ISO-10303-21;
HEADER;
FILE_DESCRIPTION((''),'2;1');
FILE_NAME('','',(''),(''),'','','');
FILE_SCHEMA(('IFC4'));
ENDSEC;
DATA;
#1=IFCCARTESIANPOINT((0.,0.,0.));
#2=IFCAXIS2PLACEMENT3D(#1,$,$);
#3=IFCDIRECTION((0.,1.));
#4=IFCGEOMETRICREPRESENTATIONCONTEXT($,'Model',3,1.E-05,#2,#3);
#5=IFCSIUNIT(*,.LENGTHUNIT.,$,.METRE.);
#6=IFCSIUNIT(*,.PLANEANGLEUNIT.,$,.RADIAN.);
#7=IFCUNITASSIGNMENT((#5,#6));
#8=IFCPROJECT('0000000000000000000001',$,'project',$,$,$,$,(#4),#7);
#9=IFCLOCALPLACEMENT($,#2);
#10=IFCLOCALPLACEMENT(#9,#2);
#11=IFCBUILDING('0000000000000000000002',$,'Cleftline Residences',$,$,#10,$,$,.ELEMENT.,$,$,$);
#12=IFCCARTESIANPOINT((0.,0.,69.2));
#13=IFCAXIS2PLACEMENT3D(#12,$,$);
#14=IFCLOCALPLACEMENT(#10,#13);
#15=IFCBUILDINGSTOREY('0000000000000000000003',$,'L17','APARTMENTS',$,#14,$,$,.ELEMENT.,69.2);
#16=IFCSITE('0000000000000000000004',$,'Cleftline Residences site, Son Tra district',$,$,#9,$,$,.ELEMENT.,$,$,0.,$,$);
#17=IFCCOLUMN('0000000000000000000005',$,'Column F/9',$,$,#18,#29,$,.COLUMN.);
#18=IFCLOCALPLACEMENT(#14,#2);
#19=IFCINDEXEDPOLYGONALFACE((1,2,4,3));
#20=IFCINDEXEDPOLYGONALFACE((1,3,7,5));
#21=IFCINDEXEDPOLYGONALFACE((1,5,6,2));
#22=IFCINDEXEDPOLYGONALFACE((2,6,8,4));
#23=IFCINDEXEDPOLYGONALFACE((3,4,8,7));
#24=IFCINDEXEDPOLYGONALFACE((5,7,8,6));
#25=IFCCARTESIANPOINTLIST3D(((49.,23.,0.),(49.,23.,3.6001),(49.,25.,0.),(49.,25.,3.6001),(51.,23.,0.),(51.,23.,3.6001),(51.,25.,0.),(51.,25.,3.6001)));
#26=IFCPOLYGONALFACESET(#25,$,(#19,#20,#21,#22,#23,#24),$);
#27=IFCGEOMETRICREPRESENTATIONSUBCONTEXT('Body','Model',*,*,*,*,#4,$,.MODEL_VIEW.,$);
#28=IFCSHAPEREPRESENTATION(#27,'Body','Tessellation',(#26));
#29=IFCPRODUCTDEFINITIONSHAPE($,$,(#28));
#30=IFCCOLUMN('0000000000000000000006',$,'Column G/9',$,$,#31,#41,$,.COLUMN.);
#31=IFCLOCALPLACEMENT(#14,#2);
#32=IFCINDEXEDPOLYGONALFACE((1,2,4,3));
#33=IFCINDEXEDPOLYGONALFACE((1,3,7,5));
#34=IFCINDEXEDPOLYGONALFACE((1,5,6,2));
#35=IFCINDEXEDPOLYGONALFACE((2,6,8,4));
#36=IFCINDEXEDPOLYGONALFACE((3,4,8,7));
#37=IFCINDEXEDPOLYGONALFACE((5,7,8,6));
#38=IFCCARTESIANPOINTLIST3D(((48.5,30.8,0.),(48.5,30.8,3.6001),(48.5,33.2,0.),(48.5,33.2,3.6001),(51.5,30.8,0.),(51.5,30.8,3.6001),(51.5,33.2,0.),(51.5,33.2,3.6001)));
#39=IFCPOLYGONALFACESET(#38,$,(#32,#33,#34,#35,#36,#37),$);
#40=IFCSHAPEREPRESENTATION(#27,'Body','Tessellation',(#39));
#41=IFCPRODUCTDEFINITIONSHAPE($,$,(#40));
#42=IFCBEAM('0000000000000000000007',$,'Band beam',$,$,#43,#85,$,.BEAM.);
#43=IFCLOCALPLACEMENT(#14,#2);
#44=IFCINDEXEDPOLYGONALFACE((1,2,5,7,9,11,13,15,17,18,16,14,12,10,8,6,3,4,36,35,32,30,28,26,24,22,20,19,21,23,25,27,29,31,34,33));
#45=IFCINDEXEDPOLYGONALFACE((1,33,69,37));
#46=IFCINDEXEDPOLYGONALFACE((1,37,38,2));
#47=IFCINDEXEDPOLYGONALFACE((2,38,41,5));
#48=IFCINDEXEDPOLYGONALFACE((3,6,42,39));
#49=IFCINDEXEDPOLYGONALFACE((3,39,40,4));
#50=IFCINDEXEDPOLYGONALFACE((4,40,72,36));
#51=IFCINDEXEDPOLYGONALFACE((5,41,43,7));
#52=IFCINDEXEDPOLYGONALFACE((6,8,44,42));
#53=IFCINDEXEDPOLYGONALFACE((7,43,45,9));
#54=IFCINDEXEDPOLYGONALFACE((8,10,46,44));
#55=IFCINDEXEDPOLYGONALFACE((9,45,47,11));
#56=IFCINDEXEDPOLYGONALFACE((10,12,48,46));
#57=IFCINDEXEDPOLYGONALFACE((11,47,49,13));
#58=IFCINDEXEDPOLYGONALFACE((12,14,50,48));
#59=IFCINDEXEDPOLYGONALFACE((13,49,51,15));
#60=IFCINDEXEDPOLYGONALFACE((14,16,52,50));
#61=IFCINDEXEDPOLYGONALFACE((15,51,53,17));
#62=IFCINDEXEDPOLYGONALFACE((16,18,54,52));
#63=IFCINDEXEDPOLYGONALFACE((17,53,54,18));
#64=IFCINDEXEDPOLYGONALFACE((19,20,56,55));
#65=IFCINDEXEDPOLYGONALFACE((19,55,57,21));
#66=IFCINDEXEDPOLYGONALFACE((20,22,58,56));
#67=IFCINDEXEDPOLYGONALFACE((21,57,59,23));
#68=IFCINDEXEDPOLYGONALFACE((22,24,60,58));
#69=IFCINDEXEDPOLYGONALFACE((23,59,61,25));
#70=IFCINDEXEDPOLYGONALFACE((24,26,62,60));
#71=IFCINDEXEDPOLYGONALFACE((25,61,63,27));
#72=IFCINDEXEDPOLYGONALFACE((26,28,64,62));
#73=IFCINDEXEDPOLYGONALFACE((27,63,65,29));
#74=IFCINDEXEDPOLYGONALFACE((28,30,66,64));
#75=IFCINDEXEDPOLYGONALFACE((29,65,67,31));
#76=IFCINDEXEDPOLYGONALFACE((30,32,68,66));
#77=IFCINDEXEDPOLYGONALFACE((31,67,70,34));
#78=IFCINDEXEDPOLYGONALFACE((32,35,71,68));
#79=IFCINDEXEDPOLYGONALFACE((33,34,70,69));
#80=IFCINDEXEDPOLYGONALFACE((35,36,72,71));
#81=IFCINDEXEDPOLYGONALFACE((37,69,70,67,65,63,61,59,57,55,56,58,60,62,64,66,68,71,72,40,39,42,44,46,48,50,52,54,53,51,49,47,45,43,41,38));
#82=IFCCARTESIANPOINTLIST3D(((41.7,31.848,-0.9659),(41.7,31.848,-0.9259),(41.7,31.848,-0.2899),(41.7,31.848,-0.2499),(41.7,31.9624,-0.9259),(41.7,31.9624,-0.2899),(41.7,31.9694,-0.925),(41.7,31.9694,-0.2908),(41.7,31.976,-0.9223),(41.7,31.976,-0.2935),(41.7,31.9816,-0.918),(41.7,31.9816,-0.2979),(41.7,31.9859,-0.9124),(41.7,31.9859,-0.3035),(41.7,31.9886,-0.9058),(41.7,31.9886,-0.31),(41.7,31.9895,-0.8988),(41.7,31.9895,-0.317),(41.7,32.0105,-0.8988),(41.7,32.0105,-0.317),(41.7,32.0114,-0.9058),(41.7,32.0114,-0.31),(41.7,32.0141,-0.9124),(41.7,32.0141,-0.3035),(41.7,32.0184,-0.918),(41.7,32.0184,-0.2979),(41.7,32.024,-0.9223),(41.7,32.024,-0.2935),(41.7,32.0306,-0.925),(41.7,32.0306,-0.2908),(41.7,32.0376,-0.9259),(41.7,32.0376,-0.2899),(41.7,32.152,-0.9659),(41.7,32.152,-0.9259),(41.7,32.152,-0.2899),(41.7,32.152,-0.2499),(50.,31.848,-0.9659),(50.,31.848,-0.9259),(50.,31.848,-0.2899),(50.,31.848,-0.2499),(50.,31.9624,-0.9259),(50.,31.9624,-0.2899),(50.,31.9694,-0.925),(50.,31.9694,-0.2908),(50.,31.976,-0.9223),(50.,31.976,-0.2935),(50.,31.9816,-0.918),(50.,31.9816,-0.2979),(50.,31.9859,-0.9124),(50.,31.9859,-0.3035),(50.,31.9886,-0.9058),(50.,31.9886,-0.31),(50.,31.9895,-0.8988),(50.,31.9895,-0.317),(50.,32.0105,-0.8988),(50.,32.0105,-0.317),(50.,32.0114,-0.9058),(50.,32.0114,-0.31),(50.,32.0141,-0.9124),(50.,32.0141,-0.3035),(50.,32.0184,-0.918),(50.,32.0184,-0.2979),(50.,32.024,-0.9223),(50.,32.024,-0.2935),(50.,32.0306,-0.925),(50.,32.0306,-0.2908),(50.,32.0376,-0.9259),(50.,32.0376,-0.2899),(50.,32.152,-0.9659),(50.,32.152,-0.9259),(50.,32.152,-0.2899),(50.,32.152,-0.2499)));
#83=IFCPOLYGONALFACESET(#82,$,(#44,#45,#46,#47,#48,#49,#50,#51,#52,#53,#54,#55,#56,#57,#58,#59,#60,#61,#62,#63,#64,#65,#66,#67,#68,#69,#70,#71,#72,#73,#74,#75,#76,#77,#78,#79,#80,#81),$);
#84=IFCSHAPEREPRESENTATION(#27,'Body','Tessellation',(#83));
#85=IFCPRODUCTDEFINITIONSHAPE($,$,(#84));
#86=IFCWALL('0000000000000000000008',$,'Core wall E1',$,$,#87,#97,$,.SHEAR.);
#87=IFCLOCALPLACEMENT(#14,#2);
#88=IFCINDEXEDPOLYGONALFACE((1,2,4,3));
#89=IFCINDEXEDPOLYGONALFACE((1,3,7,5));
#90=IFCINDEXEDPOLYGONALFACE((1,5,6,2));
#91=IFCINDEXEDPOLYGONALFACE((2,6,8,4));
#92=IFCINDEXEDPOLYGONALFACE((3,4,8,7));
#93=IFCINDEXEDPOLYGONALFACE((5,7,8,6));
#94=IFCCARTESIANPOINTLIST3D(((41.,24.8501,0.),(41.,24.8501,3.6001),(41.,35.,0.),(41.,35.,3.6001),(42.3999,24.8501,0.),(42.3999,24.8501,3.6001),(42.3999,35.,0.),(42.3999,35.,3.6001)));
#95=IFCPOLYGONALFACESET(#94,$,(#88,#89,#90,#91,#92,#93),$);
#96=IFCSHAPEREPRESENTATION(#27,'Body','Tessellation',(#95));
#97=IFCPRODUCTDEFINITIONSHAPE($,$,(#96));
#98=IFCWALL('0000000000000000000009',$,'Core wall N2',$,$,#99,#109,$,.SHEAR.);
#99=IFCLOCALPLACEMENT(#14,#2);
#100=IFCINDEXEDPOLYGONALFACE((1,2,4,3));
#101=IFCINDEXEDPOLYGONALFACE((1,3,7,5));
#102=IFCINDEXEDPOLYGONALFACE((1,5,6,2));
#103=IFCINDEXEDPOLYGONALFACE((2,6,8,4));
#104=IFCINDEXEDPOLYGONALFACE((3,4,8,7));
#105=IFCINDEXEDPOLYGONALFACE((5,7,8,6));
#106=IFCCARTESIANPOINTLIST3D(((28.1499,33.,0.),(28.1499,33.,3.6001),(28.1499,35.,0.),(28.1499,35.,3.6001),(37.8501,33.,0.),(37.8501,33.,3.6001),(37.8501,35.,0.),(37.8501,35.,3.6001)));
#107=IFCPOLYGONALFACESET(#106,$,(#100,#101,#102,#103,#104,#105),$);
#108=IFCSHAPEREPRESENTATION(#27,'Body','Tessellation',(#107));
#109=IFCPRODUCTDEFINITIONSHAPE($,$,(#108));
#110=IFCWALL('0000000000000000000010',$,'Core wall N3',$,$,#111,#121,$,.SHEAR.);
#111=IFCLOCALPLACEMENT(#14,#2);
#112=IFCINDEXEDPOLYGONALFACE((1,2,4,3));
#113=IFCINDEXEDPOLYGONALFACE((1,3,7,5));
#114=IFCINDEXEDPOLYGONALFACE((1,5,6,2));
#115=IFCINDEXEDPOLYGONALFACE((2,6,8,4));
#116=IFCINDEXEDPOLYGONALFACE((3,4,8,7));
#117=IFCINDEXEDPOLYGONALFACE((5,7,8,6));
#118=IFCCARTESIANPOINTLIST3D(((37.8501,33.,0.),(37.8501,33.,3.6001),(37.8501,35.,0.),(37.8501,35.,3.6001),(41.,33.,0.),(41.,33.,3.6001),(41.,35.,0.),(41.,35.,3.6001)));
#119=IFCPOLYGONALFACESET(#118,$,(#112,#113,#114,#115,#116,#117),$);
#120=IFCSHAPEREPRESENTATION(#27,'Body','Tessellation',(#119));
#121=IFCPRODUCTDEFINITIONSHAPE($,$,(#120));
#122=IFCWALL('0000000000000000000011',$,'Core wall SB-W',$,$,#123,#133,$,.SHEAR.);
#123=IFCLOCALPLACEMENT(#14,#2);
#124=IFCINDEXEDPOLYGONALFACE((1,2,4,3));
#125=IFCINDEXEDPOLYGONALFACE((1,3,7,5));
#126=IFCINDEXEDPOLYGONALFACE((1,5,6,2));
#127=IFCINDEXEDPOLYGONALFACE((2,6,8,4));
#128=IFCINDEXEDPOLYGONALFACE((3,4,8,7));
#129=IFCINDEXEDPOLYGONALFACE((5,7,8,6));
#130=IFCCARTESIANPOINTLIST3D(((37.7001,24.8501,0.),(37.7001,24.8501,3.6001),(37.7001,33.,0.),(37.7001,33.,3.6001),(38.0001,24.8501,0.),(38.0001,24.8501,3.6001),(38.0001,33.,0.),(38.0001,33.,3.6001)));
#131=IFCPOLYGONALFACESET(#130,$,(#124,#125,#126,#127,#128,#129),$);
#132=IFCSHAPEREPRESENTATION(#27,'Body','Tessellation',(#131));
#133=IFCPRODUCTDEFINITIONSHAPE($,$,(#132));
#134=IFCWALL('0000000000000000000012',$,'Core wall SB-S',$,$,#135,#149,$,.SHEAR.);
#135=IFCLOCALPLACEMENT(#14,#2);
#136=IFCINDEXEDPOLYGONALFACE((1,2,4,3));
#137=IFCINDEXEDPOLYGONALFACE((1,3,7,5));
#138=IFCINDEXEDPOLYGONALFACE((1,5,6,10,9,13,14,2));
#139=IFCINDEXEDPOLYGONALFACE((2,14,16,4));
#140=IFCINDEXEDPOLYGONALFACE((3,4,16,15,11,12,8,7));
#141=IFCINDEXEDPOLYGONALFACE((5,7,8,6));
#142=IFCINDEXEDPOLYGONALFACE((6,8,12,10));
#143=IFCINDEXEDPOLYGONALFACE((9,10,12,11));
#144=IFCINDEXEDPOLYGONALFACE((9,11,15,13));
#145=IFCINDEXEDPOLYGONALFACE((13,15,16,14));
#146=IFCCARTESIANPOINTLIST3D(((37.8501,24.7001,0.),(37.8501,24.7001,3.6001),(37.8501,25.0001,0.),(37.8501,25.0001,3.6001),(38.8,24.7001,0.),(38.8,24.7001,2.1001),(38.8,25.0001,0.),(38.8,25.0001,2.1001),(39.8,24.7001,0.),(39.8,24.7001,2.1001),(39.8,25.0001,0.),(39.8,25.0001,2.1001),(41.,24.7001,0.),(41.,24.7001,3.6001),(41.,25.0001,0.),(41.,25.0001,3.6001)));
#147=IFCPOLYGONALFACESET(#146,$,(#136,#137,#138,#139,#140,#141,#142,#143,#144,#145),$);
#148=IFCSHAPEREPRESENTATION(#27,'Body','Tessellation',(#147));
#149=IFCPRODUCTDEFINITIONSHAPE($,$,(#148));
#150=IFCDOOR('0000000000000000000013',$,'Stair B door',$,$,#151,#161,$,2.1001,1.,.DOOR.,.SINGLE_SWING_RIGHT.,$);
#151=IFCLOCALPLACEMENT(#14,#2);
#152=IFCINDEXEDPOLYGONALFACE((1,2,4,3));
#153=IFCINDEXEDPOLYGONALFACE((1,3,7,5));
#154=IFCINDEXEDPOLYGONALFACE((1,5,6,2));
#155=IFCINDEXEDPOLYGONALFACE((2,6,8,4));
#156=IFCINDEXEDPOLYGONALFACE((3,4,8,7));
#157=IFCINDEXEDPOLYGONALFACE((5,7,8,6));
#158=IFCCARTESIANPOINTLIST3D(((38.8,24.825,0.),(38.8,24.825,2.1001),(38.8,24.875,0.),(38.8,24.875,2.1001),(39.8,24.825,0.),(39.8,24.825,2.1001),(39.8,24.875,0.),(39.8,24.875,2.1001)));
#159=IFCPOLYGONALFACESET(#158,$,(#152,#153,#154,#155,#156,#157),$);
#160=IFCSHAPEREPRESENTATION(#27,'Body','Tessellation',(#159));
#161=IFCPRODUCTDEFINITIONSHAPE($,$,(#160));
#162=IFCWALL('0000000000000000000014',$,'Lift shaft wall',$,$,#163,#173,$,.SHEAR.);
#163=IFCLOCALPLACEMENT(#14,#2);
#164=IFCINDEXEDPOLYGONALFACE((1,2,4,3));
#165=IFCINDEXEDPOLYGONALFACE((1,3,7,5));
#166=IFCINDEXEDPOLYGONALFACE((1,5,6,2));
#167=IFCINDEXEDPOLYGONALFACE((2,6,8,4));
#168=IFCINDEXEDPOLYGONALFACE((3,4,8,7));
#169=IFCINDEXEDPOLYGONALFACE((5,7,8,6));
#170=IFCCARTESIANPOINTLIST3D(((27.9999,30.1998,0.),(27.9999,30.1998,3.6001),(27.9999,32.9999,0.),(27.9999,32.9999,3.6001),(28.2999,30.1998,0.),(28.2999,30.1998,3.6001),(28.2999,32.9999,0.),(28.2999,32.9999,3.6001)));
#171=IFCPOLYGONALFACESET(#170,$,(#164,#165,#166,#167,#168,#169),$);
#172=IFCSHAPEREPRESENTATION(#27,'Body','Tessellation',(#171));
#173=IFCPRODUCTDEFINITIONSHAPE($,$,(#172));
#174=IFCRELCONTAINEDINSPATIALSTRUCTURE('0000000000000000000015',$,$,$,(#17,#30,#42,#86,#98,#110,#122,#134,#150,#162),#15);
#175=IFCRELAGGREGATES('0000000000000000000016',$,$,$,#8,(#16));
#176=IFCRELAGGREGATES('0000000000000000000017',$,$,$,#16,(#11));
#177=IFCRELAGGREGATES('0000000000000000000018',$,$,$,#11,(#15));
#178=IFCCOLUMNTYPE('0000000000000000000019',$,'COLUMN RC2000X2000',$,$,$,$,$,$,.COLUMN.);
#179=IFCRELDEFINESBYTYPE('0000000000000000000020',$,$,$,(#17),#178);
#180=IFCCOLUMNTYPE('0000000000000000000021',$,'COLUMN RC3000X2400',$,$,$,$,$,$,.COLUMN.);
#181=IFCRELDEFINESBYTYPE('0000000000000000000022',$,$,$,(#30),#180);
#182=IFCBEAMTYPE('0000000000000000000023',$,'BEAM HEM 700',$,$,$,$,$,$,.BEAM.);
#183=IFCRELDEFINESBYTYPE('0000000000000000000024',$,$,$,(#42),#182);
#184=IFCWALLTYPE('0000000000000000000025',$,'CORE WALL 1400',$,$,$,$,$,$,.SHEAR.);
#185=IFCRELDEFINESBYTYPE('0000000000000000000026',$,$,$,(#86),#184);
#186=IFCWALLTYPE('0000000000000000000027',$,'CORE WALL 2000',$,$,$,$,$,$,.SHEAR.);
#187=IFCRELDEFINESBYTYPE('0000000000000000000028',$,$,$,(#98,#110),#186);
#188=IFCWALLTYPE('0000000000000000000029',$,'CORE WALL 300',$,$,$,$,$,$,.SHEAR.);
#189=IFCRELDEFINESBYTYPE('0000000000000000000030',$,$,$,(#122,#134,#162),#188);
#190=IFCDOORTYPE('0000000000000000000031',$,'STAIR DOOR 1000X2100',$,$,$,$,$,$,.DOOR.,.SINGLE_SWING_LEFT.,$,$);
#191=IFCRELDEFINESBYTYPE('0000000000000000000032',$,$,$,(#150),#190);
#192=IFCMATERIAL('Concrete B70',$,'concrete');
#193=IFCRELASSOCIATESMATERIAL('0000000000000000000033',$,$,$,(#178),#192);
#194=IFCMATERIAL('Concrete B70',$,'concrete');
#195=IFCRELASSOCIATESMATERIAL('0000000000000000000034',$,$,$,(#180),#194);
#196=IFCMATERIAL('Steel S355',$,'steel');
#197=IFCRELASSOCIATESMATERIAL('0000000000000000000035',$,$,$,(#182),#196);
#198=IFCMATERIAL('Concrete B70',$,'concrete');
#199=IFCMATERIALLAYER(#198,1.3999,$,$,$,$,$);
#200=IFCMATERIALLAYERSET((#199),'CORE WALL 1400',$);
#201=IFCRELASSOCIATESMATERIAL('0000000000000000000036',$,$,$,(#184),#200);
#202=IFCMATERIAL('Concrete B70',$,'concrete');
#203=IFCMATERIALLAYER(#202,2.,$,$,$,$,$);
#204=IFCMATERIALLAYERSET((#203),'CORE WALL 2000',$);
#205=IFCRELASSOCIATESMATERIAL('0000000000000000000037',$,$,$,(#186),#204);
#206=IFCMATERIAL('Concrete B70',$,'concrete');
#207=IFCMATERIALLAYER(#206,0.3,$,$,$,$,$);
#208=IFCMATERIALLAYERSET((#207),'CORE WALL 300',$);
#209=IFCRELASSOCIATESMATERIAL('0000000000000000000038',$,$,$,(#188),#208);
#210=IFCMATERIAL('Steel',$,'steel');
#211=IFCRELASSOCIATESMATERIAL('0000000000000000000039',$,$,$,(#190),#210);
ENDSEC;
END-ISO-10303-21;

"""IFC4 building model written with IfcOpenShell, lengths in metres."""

from ifc_helpers import new_model, si_unit, direction, frame, frame_2d, origin, origin_2d, place, context, subcontext, project, spatial, rectangle, i_section, extrude, material, layer, layer_set, material_profile, profile_set, type_object, element, fill, save


model = new_model("IFC4")

# Units and contexts
model_context = context("Model", 3, precision=1e-05, world=origin(), true_north=direction((0.0, 1.0)))
body_context = subcontext(model_context, "Body", "Model", "MODEL_VIEW")
ifc_project = project(units=[si_unit("LENGTHUNIT", "METRE"), si_unit("PLANEANGLEUNIT", "RADIAN")], contexts=[model_context])

# Site, building, storey
site_placement = place(None, origin())
site = spatial("IfcSite", under=ifc_project, at=site_placement, Name="Cleftline Residences site, Son Tra district", CompositionType="ELEMENT", RefElevation=0.0)
building_placement = place(site_placement, origin())
building = spatial("IfcBuilding", under=site, at=building_placement, Name="Cleftline Residences", CompositionType="ELEMENT")
storey_placement = place(building_placement, frame((0.0, 0.0, 69.2)))
storey = spatial("IfcBuildingStorey", under=building, at=storey_placement, Name="L17", Description="APARTMENTS", CompositionType="ELEMENT", Elevation=69.2)

# Columns
ifc_material_1 = material(Name="Concrete B70", Category="concrete")
ifc_material_profile_1 = material_profile(ifc_material_1, rectangle(XDim=2.0, YDim=2.0, at=origin_2d()))
ifc_profile_set_1 = profile_set([ifc_material_profile_1], Name="Concrete B70")
column_type_1 = type_object("IfcColumnType", Name="COLUMN RC2000X2000", PredefinedType="COLUMN", material=ifc_profile_set_1)
column_1_placement = place(storey_placement, frame((50.0, 24.0, 0.0), z_axis=(0.0, 0.0, 1.0), x_axis=(1.0, 0.0, 0.0)))
element("IfcColumn", 1, at=column_1_placement, inside=storey, type_object=column_type_1, Name="Column F/9", PredefinedType="COLUMN", context=body_context, shape_type="SweptSolid", body=[
    extrude(rectangle(XDim=2.0, YDim=2.0, at=origin_2d()), origin(), (0.0, 0.0, 1.0), 3.6001),
])
ifc_material_2 = material(Name="Concrete B70", Category="concrete")
ifc_material_profile_2 = material_profile(ifc_material_2, rectangle(XDim=3.0, YDim=2.3999, at=origin_2d()))
ifc_profile_set_2 = profile_set([ifc_material_profile_2], Name="Concrete B70")
column_type_2 = type_object("IfcColumnType", Name="COLUMN RC3000X2400", PredefinedType="COLUMN", material=ifc_profile_set_2)
column_2_placement = place(storey_placement, frame((50.0, 32.0, 0.0), z_axis=(0.0, 0.0, 1.0), x_axis=(1.0, 0.0, 0.0)))
element("IfcColumn", 2, at=column_2_placement, inside=storey, type_object=column_type_2, Name="Column G/9", PredefinedType="COLUMN", context=body_context, shape_type="SweptSolid", body=[
    extrude(rectangle(XDim=3.0, YDim=2.3999, at=origin_2d()), origin(), (0.0, 0.0, 1.0), 3.6001),
])

# Beam
ifc_material_3 = material(Name="Steel S355", Category="steel")
ifc_material_profile_3 = material_profile(ifc_material_3, i_section(OverallWidth=0.304, OverallDepth=0.7161, WebThickness=0.021, FlangeThickness=0.04, FilletRadius=0.0271, at=origin_2d()))
ifc_profile_set_3 = profile_set([ifc_material_profile_3], Name="Steel S355")
beam_type = type_object("IfcBeamType", Name="BEAM HEM 700", PredefinedType="BEAM", material=ifc_profile_set_3)
beam_placement = place(storey_placement, frame((50.0, 32.0, -0.6079), z_axis=(-1.0, 0.0, 0.0), x_axis=(0.0, -1.0, 0.0)))
element("IfcBeam", 3, at=beam_placement, inside=storey, type_object=beam_type, Name="Band beam", PredefinedType="BEAM", context=body_context, shape_type="SweptSolid", body=[
    extrude(i_section(OverallWidth=0.304, OverallDepth=0.7161, WebThickness=0.021, FlangeThickness=0.04, FilletRadius=0.0271, at=origin_2d()), origin(), (0.0, 0.0, 1.0), 8.3),
])

# Walls
ifc_material_4 = material(Name="Concrete B70", Category="concrete")
ifc_layer_1 = layer(ifc_material_4, 1.3999)
ifc_layer_set_1 = layer_set([ifc_layer_1], Name="CORE WALL 1400")
wall_type_1 = type_object("IfcWallType", Name="CORE WALL 1400", PredefinedType="SHEAR", material=ifc_layer_set_1)
wall_1_placement = place(storey_placement, frame((41.7, 24.8501, 0.0), z_axis=(0.0, 0.0, 1.0), x_axis=(0.0, 1.0, 0.0)))
element("IfcWall", 4, at=wall_1_placement, inside=storey, type_object=wall_type_1, Name="Core wall E1", PredefinedType="SHEAR", context=body_context, shape_type="SweptSolid", body=[
    extrude(rectangle(XDim=10.1499, YDim=1.3999, at=frame_2d((5.075, 0.0))), origin(), (0.0, 0.0, 1.0), 3.6001),
])
ifc_material_5 = material(Name="Concrete B70", Category="concrete")
ifc_layer_2 = layer(ifc_material_5, 2.0)
ifc_layer_set_2 = layer_set([ifc_layer_2], Name="CORE WALL 2000")
wall_type_2 = type_object("IfcWallType", Name="CORE WALL 2000", PredefinedType="SHEAR", material=ifc_layer_set_2)
wall_2_placement = place(storey_placement, frame((28.1499, 34.0, 0.0), z_axis=(0.0, 0.0, 1.0), x_axis=(1.0, 0.0, 0.0)))
element("IfcWall", 5, at=wall_2_placement, inside=storey, type_object=wall_type_2, Name="Core wall N2", PredefinedType="SHEAR", context=body_context, shape_type="SweptSolid", body=[
    extrude(rectangle(XDim=9.7002, YDim=2.0, at=frame_2d((4.8501, 0.0))), origin(), (0.0, 0.0, 1.0), 3.6001),
])
wall_3_placement = place(storey_placement, frame((37.8501, 34.0, 0.0), z_axis=(0.0, 0.0, 1.0), x_axis=(1.0, 0.0, 0.0)))
element("IfcWall", 6, at=wall_3_placement, inside=storey, type_object=wall_type_2, Name="Core wall N3", PredefinedType="SHEAR", context=body_context, shape_type="SweptSolid", body=[
    extrude(rectangle(XDim=3.1499, YDim=2.0, at=frame_2d((1.575, 0.0))), origin(), (0.0, 0.0, 1.0), 3.6001),
])
ifc_material_6 = material(Name="Concrete B70", Category="concrete")
ifc_layer_3 = layer(ifc_material_6, 0.3)
ifc_layer_set_3 = layer_set([ifc_layer_3], Name="CORE WALL 300")
wall_type_3 = type_object("IfcWallType", Name="CORE WALL 300", PredefinedType="SHEAR", material=ifc_layer_set_3)
wall_4_placement = place(storey_placement, frame((37.8501, 24.8501, 0.0), z_axis=(0.0, 0.0, 1.0), x_axis=(0.0, 1.0, 0.0)))
element("IfcWall", 7, at=wall_4_placement, inside=storey, type_object=wall_type_3, Name="Core wall SB-W", PredefinedType="SHEAR", context=body_context, shape_type="SweptSolid", body=[
    extrude(rectangle(XDim=8.1499, YDim=0.3, at=frame_2d((4.075, 0.0))), origin(), (0.0, 0.0, 1.0), 3.6001),
])

# Wall, opening, door
wall_5_placement = place(storey_placement, frame((37.8501, 24.8501, 0.0), z_axis=(0.0, 0.0, 1.0), x_axis=(1.0, 0.0, 0.0)))
wall_5 = element("IfcWall", 8, at=wall_5_placement, inside=storey, type_object=wall_type_3, Name="Core wall SB-S", PredefinedType="SHEAR", context=body_context, shape_type="SweptSolid", body=[
    extrude(rectangle(XDim=3.1499, YDim=0.3, at=frame_2d((1.575, 0.0))), origin(), (0.0, 0.0, 1.0), 3.6001),
])
opening_1_placement = place(wall_5_placement, frame((0.95, 0.0, 0.0)))
opening_1 = element("IfcOpeningElement", 9, at=opening_1_placement, cuts=wall_5, PredefinedType="OPENING", context=body_context, shape_type="SweptSolid", body=[
    extrude(rectangle(XDim=1.0, YDim=2.1001, at=frame_2d((0.5, 1.05))), frame((0.0, 0.1599, 0.0), z_axis=(0.0, -1.0, 0.0), x_axis=(1.0, 0.0, 0.0)), (0.0, 0.0, 1.0), 0.3201),
])
ifc_material_7 = material(Name="Steel", Category="steel")
door_type_1 = type_object("IfcDoorType", Name="STAIR DOOR 1000X2100", OperationType="SINGLE_SWING_LEFT", PredefinedType="DOOR", material=ifc_material_7)
door_1_placement = place(opening_1_placement, origin())
door_1 = element("IfcDoor", 10, at=door_1_placement, inside=storey, type_object=door_type_1, Name="Stair B door", OperationType="SINGLE_SWING_RIGHT", OverallHeight=2.1001, OverallWidth=1.0, PredefinedType="DOOR", context=body_context, shape_type="SweptSolid", body=[
    extrude(rectangle(XDim=1.0, YDim=2.1001, at=frame_2d((0.5, 1.05))), frame((0.0, 0.0249, 0.0), z_axis=(0.0, -1.0, 0.0), x_axis=(1.0, 0.0, 0.0)), (0.0, 0.0, 1.0), 0.05),
])
fill(opening_1, door_1)

# Wall
wall_6_placement = place(storey_placement, frame((28.1499, 30.2, 0.0), z_axis=(0.0, 0.0, 1.0), x_axis=(0.0, 1.0, 0.0)))
element("IfcWall", 11, at=wall_6_placement, inside=storey, type_object=wall_type_3, Name="Lift shaft wall", PredefinedType="SHEAR", context=body_context, shape_type="SweptSolid", body=[
    extrude(rectangle(XDim=2.8, YDim=0.3, at=frame_2d((1.3999, 0.0))), origin(), (0.0, 0.0, 1.0), 3.6001),
])

save(model, "model.ifc")
